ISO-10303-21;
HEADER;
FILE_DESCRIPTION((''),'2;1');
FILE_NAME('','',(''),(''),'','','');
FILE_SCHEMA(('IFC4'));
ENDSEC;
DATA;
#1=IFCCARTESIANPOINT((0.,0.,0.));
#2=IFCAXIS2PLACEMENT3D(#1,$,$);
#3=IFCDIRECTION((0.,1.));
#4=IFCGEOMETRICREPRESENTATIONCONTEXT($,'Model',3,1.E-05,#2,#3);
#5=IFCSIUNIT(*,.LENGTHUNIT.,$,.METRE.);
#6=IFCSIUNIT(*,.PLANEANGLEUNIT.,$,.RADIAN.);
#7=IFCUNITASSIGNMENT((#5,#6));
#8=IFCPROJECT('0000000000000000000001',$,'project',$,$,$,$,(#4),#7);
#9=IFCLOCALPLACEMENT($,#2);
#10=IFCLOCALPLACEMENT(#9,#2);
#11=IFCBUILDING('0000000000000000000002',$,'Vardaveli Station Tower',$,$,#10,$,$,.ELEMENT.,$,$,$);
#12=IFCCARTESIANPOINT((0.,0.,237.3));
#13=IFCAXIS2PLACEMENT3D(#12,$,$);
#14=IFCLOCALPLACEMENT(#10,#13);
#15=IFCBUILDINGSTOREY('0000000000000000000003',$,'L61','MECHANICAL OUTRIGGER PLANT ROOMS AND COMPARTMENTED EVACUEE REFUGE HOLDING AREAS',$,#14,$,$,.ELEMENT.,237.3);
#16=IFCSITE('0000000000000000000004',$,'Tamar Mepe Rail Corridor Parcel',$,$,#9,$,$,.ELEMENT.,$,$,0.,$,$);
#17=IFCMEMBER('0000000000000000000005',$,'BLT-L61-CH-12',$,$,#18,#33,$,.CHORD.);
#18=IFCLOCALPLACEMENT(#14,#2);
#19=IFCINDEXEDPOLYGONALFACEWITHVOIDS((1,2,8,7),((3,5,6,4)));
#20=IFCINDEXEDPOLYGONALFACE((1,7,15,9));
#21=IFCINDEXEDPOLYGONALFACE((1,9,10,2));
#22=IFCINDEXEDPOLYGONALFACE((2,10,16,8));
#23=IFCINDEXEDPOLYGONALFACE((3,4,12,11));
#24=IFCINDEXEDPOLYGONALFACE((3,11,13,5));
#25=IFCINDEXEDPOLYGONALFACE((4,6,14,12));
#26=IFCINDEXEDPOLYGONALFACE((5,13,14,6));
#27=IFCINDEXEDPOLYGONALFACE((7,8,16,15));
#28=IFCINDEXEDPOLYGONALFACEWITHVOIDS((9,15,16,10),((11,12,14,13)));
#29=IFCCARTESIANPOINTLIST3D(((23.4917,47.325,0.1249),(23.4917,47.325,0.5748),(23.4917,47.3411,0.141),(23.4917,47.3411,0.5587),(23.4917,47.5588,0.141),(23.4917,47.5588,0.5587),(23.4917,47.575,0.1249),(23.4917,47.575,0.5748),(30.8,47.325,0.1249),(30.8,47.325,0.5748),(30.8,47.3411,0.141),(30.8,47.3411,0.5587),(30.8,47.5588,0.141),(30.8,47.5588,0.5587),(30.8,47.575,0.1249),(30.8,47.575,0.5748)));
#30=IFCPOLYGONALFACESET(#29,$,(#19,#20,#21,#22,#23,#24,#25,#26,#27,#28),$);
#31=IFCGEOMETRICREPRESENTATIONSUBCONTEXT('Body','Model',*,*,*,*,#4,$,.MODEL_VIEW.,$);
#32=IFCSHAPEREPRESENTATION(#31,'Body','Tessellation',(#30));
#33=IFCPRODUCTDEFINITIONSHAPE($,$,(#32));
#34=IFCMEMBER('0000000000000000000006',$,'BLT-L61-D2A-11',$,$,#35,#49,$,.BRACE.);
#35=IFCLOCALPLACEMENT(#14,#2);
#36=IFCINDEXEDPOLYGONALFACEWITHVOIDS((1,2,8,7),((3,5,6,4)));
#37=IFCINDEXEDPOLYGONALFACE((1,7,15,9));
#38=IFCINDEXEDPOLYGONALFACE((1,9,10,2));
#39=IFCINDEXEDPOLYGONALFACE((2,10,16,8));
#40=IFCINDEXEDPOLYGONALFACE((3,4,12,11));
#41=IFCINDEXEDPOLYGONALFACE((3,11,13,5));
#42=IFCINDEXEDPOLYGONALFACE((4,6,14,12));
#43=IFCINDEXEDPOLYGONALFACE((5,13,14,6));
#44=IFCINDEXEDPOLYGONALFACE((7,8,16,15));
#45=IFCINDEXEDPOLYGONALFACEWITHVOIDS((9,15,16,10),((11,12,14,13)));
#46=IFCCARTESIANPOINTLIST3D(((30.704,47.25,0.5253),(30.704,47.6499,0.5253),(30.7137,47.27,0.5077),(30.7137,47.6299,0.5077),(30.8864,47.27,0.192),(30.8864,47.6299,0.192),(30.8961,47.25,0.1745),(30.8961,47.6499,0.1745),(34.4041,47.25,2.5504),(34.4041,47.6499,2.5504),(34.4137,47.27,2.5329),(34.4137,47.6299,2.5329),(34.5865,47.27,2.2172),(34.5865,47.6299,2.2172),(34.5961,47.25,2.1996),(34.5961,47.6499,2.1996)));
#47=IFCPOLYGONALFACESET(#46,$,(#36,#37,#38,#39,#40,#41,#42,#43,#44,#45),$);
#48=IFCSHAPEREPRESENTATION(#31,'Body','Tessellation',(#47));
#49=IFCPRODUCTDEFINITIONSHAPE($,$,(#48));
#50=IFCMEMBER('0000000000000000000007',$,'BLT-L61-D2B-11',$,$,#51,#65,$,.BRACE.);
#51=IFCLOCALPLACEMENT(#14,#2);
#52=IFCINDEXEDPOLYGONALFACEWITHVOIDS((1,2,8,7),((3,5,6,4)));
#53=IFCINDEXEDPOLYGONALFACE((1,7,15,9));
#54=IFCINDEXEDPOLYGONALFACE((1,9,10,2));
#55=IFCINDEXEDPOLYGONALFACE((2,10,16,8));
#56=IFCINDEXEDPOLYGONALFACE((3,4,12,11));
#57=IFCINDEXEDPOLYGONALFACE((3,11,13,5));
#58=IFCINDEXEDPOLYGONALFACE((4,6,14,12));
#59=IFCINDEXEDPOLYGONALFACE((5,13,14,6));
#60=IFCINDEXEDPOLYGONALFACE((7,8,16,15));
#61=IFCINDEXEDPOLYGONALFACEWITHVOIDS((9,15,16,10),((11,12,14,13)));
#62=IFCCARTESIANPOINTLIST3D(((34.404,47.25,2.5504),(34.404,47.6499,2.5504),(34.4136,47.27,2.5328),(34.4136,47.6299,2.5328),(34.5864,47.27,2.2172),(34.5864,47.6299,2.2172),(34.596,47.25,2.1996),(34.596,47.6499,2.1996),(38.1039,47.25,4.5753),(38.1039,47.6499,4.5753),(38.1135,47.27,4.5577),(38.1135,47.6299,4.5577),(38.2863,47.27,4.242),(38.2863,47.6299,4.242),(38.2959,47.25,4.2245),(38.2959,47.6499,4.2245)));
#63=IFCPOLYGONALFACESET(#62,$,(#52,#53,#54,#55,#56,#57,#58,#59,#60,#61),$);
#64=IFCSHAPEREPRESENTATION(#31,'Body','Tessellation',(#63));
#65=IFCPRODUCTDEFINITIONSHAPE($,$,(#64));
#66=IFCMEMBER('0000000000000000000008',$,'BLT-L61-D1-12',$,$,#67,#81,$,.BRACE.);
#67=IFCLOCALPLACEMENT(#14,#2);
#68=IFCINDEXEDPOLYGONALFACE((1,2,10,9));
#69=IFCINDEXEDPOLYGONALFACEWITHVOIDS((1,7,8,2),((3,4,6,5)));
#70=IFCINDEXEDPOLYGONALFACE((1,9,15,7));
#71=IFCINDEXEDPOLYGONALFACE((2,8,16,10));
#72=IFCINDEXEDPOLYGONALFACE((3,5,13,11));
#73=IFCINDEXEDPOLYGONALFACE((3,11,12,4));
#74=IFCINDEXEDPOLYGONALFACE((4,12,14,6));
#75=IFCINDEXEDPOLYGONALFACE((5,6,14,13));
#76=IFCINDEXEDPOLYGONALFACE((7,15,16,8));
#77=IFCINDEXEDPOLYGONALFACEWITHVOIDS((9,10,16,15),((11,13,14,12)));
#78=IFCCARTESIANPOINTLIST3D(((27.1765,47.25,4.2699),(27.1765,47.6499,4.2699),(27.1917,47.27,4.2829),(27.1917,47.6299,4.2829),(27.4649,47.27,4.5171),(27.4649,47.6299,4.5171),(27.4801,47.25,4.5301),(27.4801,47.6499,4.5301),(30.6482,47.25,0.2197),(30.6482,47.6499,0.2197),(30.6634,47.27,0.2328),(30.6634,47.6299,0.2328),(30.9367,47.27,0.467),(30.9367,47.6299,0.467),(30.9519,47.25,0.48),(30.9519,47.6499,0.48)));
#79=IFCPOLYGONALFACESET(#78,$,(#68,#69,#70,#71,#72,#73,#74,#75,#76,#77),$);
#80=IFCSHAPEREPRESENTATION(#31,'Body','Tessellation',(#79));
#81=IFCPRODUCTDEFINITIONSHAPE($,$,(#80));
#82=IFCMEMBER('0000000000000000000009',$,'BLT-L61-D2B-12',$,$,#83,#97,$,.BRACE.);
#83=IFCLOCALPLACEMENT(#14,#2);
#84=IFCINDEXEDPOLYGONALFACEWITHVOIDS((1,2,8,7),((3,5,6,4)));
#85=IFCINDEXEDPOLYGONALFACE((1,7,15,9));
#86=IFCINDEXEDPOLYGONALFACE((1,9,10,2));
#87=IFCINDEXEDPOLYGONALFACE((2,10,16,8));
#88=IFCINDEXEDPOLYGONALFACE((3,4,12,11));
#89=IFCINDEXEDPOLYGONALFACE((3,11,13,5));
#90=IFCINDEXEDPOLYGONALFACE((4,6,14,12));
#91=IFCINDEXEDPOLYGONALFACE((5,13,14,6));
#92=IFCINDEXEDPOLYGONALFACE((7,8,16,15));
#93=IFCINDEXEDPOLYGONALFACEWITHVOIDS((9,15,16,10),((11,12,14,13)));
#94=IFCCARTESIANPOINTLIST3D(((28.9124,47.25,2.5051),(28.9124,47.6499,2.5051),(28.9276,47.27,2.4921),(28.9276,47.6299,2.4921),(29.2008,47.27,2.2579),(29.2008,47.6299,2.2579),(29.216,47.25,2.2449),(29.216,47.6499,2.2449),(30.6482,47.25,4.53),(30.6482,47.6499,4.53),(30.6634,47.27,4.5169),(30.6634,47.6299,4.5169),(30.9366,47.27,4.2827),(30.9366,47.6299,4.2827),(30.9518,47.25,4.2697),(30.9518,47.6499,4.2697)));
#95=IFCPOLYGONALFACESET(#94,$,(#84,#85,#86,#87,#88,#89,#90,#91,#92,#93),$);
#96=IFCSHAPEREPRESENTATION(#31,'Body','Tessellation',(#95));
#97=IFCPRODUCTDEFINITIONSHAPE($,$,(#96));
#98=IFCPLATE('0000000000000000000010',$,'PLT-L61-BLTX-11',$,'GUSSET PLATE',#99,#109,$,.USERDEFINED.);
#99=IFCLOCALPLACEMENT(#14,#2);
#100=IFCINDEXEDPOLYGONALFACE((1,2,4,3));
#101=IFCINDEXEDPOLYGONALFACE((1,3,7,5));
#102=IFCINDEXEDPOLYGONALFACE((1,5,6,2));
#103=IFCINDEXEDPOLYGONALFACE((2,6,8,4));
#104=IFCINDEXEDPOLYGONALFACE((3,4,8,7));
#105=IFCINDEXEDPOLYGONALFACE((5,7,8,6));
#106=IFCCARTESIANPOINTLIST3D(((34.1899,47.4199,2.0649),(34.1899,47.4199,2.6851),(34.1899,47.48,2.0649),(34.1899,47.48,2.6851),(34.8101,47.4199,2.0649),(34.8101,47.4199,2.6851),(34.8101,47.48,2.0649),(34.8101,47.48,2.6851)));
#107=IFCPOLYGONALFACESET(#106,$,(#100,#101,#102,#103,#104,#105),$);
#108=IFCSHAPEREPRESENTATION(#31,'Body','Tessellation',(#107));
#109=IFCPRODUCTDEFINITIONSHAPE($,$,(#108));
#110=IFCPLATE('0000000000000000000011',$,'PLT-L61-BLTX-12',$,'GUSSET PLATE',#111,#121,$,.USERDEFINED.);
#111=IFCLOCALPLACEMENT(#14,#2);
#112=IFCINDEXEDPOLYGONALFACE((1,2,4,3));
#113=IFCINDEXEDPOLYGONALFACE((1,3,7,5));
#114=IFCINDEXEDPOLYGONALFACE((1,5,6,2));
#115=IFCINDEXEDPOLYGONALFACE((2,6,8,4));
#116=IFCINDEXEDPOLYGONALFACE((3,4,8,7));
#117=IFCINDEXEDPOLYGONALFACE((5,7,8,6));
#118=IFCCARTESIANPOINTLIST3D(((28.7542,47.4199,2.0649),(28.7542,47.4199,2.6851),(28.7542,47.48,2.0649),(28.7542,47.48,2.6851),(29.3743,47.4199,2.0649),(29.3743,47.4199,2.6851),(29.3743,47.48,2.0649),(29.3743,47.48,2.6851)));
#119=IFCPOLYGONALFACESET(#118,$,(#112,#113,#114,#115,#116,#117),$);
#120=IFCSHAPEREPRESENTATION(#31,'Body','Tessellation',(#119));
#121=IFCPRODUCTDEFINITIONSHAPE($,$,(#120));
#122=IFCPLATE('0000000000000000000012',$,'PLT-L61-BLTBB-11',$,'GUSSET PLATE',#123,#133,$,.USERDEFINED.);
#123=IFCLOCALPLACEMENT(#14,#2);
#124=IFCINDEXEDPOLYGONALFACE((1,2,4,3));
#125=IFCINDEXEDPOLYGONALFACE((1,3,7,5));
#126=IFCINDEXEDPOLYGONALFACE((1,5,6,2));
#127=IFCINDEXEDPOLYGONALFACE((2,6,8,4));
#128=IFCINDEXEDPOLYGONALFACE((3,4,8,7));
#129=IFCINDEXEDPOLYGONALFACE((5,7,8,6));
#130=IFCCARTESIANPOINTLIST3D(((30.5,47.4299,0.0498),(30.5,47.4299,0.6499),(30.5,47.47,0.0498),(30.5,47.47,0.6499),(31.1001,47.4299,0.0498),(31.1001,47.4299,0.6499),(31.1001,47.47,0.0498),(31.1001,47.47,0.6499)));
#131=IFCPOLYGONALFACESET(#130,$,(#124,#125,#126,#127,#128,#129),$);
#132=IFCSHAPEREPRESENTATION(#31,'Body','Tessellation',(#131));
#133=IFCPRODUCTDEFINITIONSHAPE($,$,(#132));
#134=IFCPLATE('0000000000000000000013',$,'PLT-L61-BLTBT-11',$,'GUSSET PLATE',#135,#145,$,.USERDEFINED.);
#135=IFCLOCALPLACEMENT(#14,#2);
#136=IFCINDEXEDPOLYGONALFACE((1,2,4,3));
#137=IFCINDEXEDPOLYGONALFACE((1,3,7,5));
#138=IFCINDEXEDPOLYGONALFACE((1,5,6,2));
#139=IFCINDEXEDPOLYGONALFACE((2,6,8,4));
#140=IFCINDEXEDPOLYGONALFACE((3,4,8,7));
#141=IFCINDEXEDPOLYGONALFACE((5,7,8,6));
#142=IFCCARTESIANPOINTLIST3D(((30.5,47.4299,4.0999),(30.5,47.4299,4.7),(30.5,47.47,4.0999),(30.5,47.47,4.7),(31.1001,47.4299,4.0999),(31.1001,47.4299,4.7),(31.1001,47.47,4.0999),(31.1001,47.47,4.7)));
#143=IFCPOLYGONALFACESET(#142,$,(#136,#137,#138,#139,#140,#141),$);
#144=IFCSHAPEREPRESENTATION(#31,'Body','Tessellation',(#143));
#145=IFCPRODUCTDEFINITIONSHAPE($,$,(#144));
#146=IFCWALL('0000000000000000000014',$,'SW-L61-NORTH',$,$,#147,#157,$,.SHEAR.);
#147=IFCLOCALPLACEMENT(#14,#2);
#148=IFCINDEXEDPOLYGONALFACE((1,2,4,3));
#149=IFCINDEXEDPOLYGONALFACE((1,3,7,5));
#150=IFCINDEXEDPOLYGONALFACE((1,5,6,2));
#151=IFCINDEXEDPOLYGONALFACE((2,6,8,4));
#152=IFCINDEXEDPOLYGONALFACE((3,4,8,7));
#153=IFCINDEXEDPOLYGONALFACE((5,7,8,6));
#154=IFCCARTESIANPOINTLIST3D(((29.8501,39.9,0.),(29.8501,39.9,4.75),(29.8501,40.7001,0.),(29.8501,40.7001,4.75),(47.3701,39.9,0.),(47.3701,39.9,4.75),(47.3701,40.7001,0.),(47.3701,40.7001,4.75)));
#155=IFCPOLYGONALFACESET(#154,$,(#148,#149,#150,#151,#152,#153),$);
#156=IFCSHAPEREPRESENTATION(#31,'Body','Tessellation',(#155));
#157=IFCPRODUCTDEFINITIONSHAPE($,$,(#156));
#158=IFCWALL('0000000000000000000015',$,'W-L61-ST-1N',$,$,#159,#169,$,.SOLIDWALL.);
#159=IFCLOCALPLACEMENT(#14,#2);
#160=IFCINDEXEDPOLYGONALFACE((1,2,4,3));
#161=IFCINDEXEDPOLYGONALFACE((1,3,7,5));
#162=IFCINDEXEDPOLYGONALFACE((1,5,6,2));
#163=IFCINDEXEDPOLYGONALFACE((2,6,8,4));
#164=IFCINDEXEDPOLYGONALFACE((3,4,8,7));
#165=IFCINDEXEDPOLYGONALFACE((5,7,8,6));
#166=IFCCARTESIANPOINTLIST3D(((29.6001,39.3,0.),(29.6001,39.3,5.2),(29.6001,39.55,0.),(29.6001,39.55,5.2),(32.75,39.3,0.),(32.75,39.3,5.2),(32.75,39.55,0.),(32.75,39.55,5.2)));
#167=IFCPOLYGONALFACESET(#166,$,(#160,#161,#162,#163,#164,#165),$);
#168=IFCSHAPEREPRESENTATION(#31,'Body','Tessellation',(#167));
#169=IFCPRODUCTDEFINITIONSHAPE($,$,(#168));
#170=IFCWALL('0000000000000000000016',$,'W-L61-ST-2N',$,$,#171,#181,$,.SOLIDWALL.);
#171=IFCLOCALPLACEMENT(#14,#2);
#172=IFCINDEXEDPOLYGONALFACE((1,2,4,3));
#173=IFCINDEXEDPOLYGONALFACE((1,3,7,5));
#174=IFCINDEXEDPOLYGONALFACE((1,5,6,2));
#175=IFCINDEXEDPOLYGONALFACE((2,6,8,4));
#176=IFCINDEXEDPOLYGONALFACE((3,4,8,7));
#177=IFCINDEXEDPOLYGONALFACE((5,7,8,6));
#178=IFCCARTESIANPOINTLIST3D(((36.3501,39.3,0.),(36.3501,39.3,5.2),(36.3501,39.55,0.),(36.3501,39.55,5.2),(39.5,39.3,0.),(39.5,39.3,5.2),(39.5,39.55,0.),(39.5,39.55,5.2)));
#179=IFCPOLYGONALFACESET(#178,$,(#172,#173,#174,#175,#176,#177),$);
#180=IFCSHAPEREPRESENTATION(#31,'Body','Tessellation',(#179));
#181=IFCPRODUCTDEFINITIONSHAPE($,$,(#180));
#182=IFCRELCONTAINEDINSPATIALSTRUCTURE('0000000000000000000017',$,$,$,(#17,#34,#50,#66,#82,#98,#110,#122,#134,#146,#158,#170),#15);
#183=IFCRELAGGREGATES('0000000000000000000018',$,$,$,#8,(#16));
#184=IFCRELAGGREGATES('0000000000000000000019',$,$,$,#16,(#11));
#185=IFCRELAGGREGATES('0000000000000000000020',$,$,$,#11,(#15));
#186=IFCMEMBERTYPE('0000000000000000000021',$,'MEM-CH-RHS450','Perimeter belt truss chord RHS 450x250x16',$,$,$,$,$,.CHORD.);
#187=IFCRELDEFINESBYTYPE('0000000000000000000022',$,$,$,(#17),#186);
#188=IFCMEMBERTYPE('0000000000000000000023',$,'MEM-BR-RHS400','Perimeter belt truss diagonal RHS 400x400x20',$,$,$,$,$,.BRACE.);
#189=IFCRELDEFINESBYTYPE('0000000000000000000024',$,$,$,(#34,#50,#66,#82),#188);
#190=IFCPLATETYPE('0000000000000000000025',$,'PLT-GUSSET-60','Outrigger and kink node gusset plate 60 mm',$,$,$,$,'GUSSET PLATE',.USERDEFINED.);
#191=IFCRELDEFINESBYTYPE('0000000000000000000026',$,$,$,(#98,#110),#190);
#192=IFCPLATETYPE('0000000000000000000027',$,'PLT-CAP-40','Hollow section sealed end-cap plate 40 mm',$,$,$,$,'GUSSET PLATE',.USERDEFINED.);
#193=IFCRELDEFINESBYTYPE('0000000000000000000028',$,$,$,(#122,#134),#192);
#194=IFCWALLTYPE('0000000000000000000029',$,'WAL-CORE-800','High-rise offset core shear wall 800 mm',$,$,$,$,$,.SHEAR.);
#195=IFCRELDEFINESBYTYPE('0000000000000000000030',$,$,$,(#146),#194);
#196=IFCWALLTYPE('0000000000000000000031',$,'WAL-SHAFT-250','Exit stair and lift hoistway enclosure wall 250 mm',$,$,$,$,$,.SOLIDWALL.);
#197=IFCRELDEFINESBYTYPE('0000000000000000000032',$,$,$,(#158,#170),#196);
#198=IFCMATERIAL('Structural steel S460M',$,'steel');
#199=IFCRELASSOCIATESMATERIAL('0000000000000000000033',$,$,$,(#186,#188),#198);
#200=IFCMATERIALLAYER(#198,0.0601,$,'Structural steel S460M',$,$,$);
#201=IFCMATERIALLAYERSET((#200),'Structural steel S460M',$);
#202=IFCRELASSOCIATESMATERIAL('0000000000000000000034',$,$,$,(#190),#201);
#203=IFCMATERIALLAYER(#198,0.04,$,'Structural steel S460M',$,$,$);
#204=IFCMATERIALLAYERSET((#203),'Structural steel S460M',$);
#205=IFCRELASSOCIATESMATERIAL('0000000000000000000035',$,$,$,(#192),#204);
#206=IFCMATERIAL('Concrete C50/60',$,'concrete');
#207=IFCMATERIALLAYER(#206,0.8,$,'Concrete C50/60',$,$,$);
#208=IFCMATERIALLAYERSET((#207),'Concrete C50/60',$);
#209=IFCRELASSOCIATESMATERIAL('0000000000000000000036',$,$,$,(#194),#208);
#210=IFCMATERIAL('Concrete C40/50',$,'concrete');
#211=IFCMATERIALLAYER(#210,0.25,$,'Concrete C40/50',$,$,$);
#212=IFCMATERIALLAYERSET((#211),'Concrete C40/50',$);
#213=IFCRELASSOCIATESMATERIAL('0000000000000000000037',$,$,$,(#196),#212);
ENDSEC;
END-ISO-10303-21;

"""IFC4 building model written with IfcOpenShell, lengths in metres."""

from ifc_helpers import new_model, si_unit, direction, frame, frame_2d, origin, origin_2d, place, context, subcontext, project, spatial, rectangle, hollow_rectangle, extrude, source, transform, mapped, material, layer, layer_set, material_profile, profile_set, type_object, element, save


model = new_model("IFC4")

# Units and contexts
model_context = context("Model", 3, precision=1e-05, world=origin(), true_north=direction((0.0, 1.0)))
body_context = subcontext(model_context, "Body", "Model", "MODEL_VIEW")
ifc_project = project(units=[si_unit("LENGTHUNIT", "METRE"), si_unit("PLANEANGLEUNIT", "RADIAN")], contexts=[model_context])

# Site, building, storey
site_placement = place(None, origin())
site = spatial("IfcSite", under=ifc_project, at=site_placement, Name="Tamar Mepe Rail Corridor Parcel", CompositionType="ELEMENT", RefElevation=0.0)
building_placement = place(site_placement, origin())
building = spatial("IfcBuilding", under=site, at=building_placement, Name="Vardaveli Station Tower", CompositionType="ELEMENT")
storey_placement = place(building_placement, frame((0.0, 0.0, 237.3)))
storey = spatial("IfcBuildingStorey", under=building, at=storey_placement, Name="L61", Description="MECHANICAL OUTRIGGER PLANT ROOMS AND COMPARTMENTED EVACUEE REFUGE HOLDING AREAS", CompositionType="ELEMENT", Elevation=237.3)

# Shared definitions
ifc_material_1 = material(Name="Structural steel S460M", Category="steel")

# Members
ifc_material_profile_1 = material_profile(ifc_material_1, hollow_rectangle(XDim=0.25, YDim=0.45, WallThickness=0.0161, at=origin_2d()), Name="RHS 450x250x16")
ifc_profile_set_1 = profile_set([ifc_material_profile_1], Name="Structural steel S460M")
member_type_1 = type_object("IfcMemberType", Name="MEM-CH-RHS450", Description="Perimeter belt truss chord RHS 450x250x16", PredefinedType="CHORD", material=ifc_profile_set_1)
shared_shape_1 = source(origin(), body_context, "Body", "SweptSolid", [
    extrude(hollow_rectangle(XDim=0.25, YDim=0.45, WallThickness=0.0161, at=origin_2d()), origin(), (0.0, 0.0, 1.0), 7.3083),
])
member_1_placement = place(storey_placement, frame((30.8, 47.45, 0.3499), z_axis=(-1.0, 0.0, 0.0), x_axis=(0.0, -1.0, 0.0)))
element("IfcMember", 1, at=member_1_placement, inside=storey, type_object=member_type_1, Name="BLT-L61-CH-12", PredefinedType="CHORD", context=body_context, shape_type="MappedRepresentation", body=[
    mapped(shared_shape_1, transform((0.0, 0.0, 0.0), scale=1.0)),
])
ifc_material_profile_2 = material_profile(ifc_material_1, hollow_rectangle(XDim=0.3999, YDim=0.3999, WallThickness=0.02, at=origin_2d()), Name="RHS 400x400x20")
ifc_profile_set_2 = profile_set([ifc_material_profile_2], Name="Structural steel S460M")
member_type_2 = type_object("IfcMemberType", Name="MEM-BR-RHS400", Description="Perimeter belt truss diagonal RHS 400x400x20", PredefinedType="BRACE", material=ifc_profile_set_2)
shared_shape_2 = source(origin(), body_context, "Body", "SweptSolid", [
    extrude(hollow_rectangle(XDim=0.3999, YDim=0.3999, WallThickness=0.02, at=origin_2d()), origin(), (0.0, 0.0, 1.0), 4.218),
])
member_2_placement = place(storey_placement, frame((30.8, 47.45, 0.3499), z_axis=(0.877198, 0.0, 0.480129), x_axis=(0.0, 1.0, 0.0)))
element("IfcMember", 2, at=member_2_placement, inside=storey, type_object=member_type_2, Name="BLT-L61-D2A-11", PredefinedType="BRACE", context=body_context, shape_type="MappedRepresentation", body=[
    mapped(shared_shape_2, transform((0.0, 0.0, 0.0), scale=1.0)),
])
shared_shape_3 = source(origin(), body_context, "Body", "SweptSolid", [
    extrude(hollow_rectangle(XDim=0.3999, YDim=0.3999, WallThickness=0.02, at=origin_2d()), origin(), (0.0, 0.0, 1.0), 4.2178),
])
member_3_placement = place(storey_placement, frame((34.5, 47.45, 2.375), z_axis=(0.877222, 0.0, 0.480085), x_axis=(0.0, 1.0, 0.0)))
element("IfcMember", 3, at=member_3_placement, inside=storey, type_object=member_type_2, Name="BLT-L61-D2B-11", PredefinedType="BRACE", context=body_context, shape_type="MappedRepresentation", body=[
    mapped(shared_shape_3, transform((0.0, 0.0, 0.0), scale=1.0)),
])
shared_shape_4 = source(origin(), body_context, "Body", "SweptSolid", [
    extrude(hollow_rectangle(XDim=0.3999, YDim=0.3999, WallThickness=0.02, at=origin_2d()), origin(), (0.0, 0.0, 1.0), 5.3345),
])
member_4_placement = place(storey_placement, frame((30.8, 47.45, 0.3499), z_axis=(-0.650814, 0.0, 0.759237), x_axis=(0.0, -1.0, 0.0)))
element("IfcMember", 4, at=member_4_placement, inside=storey, type_object=member_type_2, Name="BLT-L61-D1-12", PredefinedType="BRACE", context=body_context, shape_type="MappedRepresentation", body=[
    mapped(shared_shape_4, transform((0.0, 0.0, 0.0), scale=1.0)),
])
shared_shape_5 = source(origin(), body_context, "Body", "SweptSolid", [
    extrude(hollow_rectangle(XDim=0.3999, YDim=0.3999, WallThickness=0.02, at=origin_2d()), origin(), (0.0, 0.0, 1.0), 2.667),
])
member_5_placement = place(storey_placement, frame((29.0642, 47.45, 2.375), z_axis=(0.650837, 0.0, 0.759218), x_axis=(0.0, 1.0, 0.0)))
element("IfcMember", 5, at=member_5_placement, inside=storey, type_object=member_type_2, Name="BLT-L61-D2B-12", PredefinedType="BRACE", context=body_context, shape_type="MappedRepresentation", body=[
    mapped(shared_shape_5, transform((0.0, 0.0, 0.0), scale=1.0)),
])

# Plates
ifc_layer_1 = layer(ifc_material_1, 0.0601, Name="Structural steel S460M")
ifc_layer_set_1 = layer_set([ifc_layer_1], Name="Structural steel S460M")
plate_type_1 = type_object("IfcPlateType", Name="PLT-GUSSET-60", Description="Outrigger and kink node gusset plate 60 mm", ElementType="GUSSET PLATE", PredefinedType="USERDEFINED", material=ifc_layer_set_1)
shared_shape_6 = source(origin(), body_context, "Body", "SweptSolid", [
    extrude(rectangle(XDim=0.6201, YDim=0.0601, at=origin_2d()), origin(), (0.0, 0.0, 1.0), 0.6201),
])
for number, where, z_axis, x_axis, name in (
    (6, (34.5, 47.45, 2.0649), (0.0, 0.0, 1.0), (-1.0, 0.0, 0.0), "PLT-L61-BLTX-11"),
    (7, (29.0642, 47.45, 2.0649), (0.0, 0.0, 1.0), (-1.0, 0.0, 0.0), "PLT-L61-BLTX-12"),
):
    element("IfcPlate", number, at=place(storey_placement, frame(where, z_axis=z_axis, x_axis=x_axis)), inside=storey, type_object=plate_type_1, Name=name, ObjectType="GUSSET PLATE", PredefinedType="USERDEFINED", context=body_context, shape_type="MappedRepresentation", body=[
        mapped(shared_shape_6, transform((0.0, 0.0, 0.0), scale=1.0)),
    ])
ifc_layer_2 = layer(ifc_material_1, 0.04, Name="Structural steel S460M")
ifc_layer_set_2 = layer_set([ifc_layer_2], Name="Structural steel S460M")
plate_type_2 = type_object("IfcPlateType", Name="PLT-CAP-40", Description="Hollow section sealed end-cap plate 40 mm", ElementType="GUSSET PLATE", PredefinedType="USERDEFINED", material=ifc_layer_set_2)
shared_shape_7 = source(origin(), body_context, "Body", "SweptSolid", [
    extrude(rectangle(XDim=0.6001, YDim=0.04, at=origin_2d()), origin(), (0.0, 0.0, 1.0), 0.6001),
])
for number, where, z_axis, x_axis, name in (
    (8, (30.8, 47.45, 0.0498), (0.0, 0.0, 1.0), (-1.0, 0.0, 0.0), "PLT-L61-BLTBB-11"),
    (9, (30.8, 47.45, 4.0999), (0.0, 0.0, 1.0), (-1.0, 0.0, 0.0), "PLT-L61-BLTBT-11"),
):
    element("IfcPlate", number, at=place(storey_placement, frame(where, z_axis=z_axis, x_axis=x_axis)), inside=storey, type_object=plate_type_2, Name=name, ObjectType="GUSSET PLATE", PredefinedType="USERDEFINED", context=body_context, shape_type="MappedRepresentation", body=[
        mapped(shared_shape_7, transform((0.0, 0.0, 0.0), scale=1.0)),
    ])

# Walls
ifc_material_2 = material(Name="Concrete C50/60", Category="concrete")
ifc_layer_3 = layer(ifc_material_2, 0.8, Name="Concrete C50/60")
ifc_layer_set_3 = layer_set([ifc_layer_3], Name="Concrete C50/60")
wall_type_1 = type_object("IfcWallType", Name="WAL-CORE-800", Description="High-rise offset core shear wall 800 mm", PredefinedType="SHEAR", material=ifc_layer_set_3)
shared_shape_8 = source(origin(), body_context, "Body", "SweptSolid", [
    extrude(rectangle(XDim=17.52, YDim=0.8, at=frame_2d((8.76, 0.0))), origin(), (0.0, 0.0, 1.0), 4.75),
])
wall_1_placement = place(storey_placement, frame((29.8501, 40.3, 0.0), z_axis=(0.0, 0.0, 1.0), x_axis=(1.0, 0.0, 0.0)))
element("IfcWall", 10, at=wall_1_placement, inside=storey, type_object=wall_type_1, Name="SW-L61-NORTH", PredefinedType="SHEAR", context=body_context, shape_type="MappedRepresentation", body=[
    mapped(shared_shape_8, transform((0.0, 0.0, 0.0), scale=1.0)),
])
ifc_material_3 = material(Name="Concrete C40/50", Category="concrete")
ifc_layer_4 = layer(ifc_material_3, 0.25, Name="Concrete C40/50")
ifc_layer_set_4 = layer_set([ifc_layer_4], Name="Concrete C40/50")
wall_type_2 = type_object("IfcWallType", Name="WAL-SHAFT-250", Description="Exit stair and lift hoistway enclosure wall 250 mm", PredefinedType="SOLIDWALL", material=ifc_layer_set_4)
shared_shape_9 = source(origin(), body_context, "Body", "SweptSolid", [
    extrude(rectangle(XDim=3.1499, YDim=0.25, at=frame_2d((1.575, 0.0))), origin(), (0.0, 0.0, 1.0), 5.2),
])
for number, where, z_axis, x_axis, name in (
    (11, (29.6001, 39.425, 0.0), (0.0, 0.0, 1.0), (1.0, 0.0, 0.0), "W-L61-ST-1N"),
    (12, (36.3501, 39.425, 0.0), (0.0, 0.0, 1.0), (1.0, 0.0, 0.0), "W-L61-ST-2N"),
):
    element("IfcWall", number, at=place(storey_placement, frame(where, z_axis=z_axis, x_axis=x_axis)), inside=storey, type_object=wall_type_2, Name=name, PredefinedType="SOLIDWALL", context=body_context, shape_type="MappedRepresentation", body=[
        mapped(shared_shape_9, transform((0.0, 0.0, 0.0), scale=1.0)),
    ])

save(model, "model.ifc")
